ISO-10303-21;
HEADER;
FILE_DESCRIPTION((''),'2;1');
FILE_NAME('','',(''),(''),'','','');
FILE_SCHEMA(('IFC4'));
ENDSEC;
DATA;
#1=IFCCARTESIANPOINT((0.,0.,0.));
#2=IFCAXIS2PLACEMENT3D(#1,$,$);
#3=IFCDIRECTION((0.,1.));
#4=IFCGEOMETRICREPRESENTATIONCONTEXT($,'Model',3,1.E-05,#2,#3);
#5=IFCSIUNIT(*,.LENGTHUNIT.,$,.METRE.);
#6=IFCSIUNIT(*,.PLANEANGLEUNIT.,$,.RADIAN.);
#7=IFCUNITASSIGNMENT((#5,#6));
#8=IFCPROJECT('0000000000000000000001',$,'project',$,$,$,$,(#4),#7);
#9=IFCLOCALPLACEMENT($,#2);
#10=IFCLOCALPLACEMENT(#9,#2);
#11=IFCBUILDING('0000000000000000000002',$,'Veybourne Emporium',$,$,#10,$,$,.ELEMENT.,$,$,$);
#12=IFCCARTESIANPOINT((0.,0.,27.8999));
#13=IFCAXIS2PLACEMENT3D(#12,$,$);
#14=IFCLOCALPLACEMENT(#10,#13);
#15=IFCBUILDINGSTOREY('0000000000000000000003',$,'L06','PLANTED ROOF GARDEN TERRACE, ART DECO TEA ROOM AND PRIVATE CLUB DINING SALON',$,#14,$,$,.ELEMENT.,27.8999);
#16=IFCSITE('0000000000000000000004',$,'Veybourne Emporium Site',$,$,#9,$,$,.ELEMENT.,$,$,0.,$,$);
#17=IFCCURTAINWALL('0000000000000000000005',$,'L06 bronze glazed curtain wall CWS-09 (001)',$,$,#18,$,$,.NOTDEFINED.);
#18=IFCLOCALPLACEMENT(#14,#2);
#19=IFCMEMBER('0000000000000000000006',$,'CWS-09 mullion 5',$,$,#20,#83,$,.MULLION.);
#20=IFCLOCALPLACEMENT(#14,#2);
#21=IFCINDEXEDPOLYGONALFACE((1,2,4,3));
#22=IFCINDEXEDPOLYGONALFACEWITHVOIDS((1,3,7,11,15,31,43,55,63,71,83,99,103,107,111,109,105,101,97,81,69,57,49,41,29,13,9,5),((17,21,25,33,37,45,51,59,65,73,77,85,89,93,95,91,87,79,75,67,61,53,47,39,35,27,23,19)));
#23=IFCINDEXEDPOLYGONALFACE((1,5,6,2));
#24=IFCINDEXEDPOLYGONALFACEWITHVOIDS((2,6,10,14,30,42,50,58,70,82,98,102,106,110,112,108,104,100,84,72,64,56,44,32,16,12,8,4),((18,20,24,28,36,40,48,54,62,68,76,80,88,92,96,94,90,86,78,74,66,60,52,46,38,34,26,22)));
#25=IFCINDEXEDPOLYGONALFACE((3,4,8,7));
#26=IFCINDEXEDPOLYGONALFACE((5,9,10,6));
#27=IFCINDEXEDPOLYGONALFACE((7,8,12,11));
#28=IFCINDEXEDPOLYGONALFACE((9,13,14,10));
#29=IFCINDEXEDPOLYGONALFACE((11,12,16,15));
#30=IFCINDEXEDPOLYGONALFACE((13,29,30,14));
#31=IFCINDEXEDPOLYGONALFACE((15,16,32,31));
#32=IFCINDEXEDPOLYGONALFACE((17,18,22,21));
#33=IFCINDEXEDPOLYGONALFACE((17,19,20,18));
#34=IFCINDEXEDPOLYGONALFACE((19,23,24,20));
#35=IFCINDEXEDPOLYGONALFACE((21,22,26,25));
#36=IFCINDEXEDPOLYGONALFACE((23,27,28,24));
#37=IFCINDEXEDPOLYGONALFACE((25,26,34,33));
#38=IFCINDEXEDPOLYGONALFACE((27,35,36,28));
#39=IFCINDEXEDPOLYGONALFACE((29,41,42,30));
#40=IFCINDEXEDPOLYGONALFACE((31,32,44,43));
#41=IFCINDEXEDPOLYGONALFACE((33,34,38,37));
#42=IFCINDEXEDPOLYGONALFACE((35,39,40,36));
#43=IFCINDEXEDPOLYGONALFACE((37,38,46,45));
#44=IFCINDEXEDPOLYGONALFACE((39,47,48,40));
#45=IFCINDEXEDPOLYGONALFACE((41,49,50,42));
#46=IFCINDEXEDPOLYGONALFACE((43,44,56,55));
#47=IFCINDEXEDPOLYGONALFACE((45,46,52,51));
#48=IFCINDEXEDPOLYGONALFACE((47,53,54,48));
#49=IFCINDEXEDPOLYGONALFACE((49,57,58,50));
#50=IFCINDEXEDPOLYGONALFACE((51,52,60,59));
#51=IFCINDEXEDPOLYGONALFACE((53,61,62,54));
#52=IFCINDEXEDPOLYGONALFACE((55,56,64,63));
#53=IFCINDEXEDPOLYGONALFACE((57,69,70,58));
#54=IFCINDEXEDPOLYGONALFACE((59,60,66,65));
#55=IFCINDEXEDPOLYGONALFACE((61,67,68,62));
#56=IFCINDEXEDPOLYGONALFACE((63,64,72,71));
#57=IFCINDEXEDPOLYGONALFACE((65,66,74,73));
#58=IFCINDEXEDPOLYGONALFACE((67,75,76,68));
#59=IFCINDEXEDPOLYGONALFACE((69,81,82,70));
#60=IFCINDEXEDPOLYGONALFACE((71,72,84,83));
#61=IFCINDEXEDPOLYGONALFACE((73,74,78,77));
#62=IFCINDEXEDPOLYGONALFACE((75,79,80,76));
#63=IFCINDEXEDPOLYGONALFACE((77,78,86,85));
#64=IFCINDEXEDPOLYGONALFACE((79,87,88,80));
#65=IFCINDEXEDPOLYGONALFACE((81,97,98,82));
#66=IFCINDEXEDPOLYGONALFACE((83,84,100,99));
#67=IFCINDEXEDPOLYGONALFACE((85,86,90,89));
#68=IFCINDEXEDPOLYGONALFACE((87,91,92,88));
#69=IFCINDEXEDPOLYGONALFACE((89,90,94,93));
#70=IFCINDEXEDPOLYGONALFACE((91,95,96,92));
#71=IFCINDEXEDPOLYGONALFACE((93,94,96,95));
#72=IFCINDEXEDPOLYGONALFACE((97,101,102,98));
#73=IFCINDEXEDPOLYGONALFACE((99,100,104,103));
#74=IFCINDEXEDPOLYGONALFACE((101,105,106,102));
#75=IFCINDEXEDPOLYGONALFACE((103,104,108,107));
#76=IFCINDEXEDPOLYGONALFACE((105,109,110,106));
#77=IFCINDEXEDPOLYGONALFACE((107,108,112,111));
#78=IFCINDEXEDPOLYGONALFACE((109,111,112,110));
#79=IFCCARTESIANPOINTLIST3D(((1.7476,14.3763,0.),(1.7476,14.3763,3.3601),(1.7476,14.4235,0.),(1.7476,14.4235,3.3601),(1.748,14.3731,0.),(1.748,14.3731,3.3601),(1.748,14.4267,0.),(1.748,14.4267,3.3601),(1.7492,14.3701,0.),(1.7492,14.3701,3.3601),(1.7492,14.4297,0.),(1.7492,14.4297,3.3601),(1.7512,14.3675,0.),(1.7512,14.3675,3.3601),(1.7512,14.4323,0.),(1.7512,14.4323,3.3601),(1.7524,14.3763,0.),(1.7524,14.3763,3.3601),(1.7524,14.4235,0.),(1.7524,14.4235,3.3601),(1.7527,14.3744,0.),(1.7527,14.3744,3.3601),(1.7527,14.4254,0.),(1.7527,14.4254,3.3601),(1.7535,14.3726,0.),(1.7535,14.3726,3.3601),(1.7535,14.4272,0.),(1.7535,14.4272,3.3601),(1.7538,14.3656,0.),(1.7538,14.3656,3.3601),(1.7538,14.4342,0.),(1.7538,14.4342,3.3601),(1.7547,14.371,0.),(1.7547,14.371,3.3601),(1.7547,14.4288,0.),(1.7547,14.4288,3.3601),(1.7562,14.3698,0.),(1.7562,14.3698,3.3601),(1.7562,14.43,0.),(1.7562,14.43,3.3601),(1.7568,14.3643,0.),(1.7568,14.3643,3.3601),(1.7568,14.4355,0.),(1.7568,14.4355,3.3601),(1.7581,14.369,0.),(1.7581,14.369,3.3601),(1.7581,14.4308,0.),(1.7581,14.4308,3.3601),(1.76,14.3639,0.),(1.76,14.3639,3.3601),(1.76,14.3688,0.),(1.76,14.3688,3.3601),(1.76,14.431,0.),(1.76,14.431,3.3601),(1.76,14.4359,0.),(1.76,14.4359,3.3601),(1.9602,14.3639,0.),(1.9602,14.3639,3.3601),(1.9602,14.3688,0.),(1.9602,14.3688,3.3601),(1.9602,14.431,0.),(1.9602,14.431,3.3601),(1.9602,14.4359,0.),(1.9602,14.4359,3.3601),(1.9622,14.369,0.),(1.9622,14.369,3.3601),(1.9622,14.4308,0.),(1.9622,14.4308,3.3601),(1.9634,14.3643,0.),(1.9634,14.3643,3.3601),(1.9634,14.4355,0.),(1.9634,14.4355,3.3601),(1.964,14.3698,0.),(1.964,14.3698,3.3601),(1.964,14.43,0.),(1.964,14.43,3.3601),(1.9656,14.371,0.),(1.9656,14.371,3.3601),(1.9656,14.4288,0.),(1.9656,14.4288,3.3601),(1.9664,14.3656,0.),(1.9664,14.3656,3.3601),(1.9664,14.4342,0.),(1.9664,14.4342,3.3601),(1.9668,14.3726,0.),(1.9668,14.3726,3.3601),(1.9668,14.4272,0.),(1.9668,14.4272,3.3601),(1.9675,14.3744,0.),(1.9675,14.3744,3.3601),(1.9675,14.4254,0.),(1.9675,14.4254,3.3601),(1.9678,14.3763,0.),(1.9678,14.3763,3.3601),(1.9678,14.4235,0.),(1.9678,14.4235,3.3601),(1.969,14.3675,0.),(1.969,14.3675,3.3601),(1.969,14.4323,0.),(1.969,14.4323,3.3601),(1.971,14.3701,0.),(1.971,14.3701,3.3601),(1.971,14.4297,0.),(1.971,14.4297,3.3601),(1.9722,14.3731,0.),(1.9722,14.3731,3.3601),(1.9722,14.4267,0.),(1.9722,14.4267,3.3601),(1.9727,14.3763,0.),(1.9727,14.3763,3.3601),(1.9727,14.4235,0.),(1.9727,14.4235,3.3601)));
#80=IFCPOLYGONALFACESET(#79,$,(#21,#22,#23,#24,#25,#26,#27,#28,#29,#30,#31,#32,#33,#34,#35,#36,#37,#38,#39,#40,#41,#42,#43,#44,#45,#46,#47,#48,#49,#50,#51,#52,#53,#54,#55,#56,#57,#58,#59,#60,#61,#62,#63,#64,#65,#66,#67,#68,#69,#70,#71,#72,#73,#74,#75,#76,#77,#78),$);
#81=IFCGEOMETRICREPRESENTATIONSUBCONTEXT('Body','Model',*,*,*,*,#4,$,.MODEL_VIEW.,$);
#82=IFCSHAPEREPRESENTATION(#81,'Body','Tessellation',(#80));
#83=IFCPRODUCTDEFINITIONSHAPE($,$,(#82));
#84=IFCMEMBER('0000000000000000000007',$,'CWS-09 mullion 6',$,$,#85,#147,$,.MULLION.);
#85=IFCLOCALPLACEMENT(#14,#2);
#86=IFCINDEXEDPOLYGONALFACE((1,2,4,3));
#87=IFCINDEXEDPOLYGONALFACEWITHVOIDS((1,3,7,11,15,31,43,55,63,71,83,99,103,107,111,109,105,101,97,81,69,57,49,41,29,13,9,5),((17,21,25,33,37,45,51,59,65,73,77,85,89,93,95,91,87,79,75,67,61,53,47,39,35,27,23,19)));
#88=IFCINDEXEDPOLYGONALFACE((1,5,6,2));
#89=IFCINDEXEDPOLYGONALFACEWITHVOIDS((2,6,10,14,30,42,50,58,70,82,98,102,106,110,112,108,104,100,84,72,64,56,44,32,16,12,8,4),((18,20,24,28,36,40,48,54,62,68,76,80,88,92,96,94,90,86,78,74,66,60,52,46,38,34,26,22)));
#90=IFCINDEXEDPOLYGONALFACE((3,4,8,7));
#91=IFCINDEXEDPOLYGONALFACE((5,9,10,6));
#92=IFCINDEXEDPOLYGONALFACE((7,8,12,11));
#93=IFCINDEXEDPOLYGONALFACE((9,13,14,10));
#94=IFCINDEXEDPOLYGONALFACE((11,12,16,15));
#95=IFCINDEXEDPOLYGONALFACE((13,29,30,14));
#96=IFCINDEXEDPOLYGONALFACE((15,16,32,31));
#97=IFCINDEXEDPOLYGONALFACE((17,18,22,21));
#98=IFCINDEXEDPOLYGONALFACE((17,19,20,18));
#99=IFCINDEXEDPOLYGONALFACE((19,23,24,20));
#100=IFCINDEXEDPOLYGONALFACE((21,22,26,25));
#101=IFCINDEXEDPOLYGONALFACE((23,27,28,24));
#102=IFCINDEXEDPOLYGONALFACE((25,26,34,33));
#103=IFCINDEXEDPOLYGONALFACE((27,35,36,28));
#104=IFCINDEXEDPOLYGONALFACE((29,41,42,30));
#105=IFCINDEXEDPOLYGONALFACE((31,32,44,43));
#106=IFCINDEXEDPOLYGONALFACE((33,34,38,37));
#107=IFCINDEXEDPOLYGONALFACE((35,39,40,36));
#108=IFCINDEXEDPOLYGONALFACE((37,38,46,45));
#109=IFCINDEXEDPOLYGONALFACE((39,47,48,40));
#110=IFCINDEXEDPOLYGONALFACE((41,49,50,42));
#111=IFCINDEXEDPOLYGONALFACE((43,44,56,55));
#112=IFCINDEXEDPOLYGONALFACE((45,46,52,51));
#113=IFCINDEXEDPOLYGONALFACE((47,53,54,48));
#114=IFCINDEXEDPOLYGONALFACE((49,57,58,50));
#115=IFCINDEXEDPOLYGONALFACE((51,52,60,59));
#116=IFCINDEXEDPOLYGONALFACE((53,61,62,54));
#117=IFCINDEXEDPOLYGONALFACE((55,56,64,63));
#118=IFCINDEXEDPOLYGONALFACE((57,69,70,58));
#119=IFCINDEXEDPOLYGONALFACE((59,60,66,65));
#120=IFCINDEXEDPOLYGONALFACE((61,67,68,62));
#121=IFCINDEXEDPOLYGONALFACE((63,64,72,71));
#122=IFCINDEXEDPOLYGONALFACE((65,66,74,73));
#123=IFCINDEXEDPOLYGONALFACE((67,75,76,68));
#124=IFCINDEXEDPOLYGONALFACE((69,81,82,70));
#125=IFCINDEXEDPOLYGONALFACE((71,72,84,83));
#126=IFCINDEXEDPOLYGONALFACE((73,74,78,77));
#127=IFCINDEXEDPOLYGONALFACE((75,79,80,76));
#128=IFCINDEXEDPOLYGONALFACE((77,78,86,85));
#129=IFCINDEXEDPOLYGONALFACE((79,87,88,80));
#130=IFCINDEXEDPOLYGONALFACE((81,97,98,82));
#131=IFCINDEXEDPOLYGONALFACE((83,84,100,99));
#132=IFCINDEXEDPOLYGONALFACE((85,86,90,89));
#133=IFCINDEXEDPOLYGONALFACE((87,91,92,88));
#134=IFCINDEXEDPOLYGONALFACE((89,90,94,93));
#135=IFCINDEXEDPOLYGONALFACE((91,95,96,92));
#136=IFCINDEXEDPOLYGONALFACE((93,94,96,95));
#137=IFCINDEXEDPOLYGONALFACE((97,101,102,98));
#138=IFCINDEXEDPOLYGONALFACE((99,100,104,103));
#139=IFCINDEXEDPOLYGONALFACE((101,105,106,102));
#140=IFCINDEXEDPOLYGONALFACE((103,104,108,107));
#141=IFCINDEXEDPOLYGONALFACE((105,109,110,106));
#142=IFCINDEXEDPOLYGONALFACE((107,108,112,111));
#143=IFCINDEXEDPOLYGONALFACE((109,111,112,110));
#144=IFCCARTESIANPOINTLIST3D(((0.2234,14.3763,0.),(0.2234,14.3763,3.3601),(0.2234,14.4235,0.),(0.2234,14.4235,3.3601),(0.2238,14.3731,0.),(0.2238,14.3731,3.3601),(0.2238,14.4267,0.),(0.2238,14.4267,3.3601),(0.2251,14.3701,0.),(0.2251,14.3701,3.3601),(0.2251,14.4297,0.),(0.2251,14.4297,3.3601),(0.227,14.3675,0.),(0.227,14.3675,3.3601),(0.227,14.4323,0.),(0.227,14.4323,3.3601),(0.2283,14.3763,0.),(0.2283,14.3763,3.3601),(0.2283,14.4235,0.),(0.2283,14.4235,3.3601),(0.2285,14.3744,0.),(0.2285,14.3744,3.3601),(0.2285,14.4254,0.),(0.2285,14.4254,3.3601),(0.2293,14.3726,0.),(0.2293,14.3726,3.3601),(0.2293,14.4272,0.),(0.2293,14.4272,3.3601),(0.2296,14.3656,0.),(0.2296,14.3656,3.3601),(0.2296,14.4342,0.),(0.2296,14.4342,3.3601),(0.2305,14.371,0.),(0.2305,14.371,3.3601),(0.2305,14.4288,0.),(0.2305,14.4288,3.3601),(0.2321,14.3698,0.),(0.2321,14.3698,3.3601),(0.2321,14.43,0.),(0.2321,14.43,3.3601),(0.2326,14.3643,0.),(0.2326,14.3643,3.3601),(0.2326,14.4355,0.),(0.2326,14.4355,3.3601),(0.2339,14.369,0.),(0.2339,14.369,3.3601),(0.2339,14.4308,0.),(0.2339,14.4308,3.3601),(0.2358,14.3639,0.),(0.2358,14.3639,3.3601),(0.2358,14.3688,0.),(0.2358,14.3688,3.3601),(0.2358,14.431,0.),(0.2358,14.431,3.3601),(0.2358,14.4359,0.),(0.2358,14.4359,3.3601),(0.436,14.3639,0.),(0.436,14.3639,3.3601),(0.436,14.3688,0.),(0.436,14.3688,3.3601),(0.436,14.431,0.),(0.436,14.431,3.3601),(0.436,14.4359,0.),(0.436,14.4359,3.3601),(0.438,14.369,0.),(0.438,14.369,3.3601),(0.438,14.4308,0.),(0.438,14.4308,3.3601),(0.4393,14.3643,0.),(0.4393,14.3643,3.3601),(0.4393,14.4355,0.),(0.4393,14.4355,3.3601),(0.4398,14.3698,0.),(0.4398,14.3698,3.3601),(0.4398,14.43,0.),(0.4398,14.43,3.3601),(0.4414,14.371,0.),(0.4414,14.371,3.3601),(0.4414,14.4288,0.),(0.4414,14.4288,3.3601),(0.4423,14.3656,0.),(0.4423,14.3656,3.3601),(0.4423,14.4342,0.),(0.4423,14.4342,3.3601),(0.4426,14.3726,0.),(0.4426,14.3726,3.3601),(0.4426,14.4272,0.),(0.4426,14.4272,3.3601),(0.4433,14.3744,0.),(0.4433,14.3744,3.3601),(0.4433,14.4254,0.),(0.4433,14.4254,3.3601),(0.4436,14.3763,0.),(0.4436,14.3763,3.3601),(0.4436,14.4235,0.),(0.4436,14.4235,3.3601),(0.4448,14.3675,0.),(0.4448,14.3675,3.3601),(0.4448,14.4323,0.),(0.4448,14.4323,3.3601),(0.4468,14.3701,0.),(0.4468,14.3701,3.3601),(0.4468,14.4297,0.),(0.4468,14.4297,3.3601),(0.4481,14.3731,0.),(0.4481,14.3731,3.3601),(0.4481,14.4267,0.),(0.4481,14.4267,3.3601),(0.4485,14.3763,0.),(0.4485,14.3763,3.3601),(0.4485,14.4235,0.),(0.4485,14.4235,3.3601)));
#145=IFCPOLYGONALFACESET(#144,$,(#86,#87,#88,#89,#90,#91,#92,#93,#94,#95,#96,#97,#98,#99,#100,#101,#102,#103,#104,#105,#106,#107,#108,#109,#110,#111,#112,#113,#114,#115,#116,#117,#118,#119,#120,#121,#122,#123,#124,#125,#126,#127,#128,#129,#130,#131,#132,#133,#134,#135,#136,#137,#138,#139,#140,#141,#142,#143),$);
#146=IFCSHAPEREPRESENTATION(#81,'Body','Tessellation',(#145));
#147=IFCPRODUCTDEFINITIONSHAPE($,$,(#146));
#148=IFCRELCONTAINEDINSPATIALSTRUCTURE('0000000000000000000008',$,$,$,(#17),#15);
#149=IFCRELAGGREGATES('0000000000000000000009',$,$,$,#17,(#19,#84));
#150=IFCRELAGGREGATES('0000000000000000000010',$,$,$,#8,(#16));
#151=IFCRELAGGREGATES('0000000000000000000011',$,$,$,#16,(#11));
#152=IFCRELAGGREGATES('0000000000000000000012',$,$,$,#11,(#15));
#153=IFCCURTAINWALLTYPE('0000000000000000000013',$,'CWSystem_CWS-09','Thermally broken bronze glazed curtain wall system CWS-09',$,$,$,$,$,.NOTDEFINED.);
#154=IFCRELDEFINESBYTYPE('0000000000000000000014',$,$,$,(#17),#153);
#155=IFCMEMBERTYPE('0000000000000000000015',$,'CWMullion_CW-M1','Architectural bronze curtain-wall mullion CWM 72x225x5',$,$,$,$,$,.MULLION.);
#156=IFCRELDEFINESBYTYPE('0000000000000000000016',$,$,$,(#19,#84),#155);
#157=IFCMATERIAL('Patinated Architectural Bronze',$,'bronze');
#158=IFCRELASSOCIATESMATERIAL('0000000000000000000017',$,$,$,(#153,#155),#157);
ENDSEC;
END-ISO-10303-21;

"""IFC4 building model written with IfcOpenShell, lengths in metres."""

from ifc_helpers import new_model, si_unit, direction, frame, origin, origin_2d, place, context, subcontext, project, spatial, hollow_rectangle, extrude, material, material_profile, profile_set, type_object, element, aggregate, save


model = new_model("IFC4")

# Units and contexts
model_context = context("Model", 3, precision=1e-05, world=origin(), true_north=direction((0.0, 1.0)))
body_context = subcontext(model_context, "Body", "Model", "MODEL_VIEW")
ifc_project = project(units=[si_unit("LENGTHUNIT", "METRE"), si_unit("PLANEANGLEUNIT", "RADIAN")], contexts=[model_context])

# Site, building, storey
site_placement = place(None, origin())
site = spatial("IfcSite", under=ifc_project, at=site_placement, Name="Veybourne Emporium Site", CompositionType="ELEMENT", RefElevation=0.0)
building_placement = place(site_placement, origin())
building = spatial("IfcBuilding", under=site, at=building_placement, Name="Veybourne Emporium", CompositionType="ELEMENT")
storey_placement = place(building_placement, frame((0.0, 0.0, 27.8999)))
storey = spatial("IfcBuildingStorey", under=building, at=storey_placement, Name="L06", Description="PLANTED ROOF GARDEN TERRACE, ART DECO TEA ROOM AND PRIVATE CLUB DINING SALON", CompositionType="ELEMENT", Elevation=27.8999)

# Curtain wall, members
ifc_material_1 = material(Name="Patinated Architectural Bronze", Category="bronze")
curtain_wall_type = type_object("IfcCurtainWallType", Name="CWSystem_CWS-09", Description="Thermally broken bronze glazed curtain wall system CWS-09", PredefinedType="NOTDEFINED", material=ifc_material_1)
curtain_wall_placement = place(storey_placement, origin())
curtain_wall = element("IfcCurtainWall", 1, at=curtain_wall_placement, inside=storey, type_object=curtain_wall_type, Name="L06 bronze glazed curtain wall CWS-09 (001)", PredefinedType="NOTDEFINED")
ifc_material_profile_1 = material_profile(ifc_material_1, hollow_rectangle(XDim=0.072, YDim=0.2251, WallThickness=0.0049, InnerFilletRadius=0.0076, OuterFilletRadius=0.0125, at=origin_2d()), Name="CWM 72x225x5")
ifc_profile_set_1 = profile_set([ifc_material_profile_1], Name="Patinated Architectural Bronze")
member_type_1 = type_object("IfcMemberType", Name="CWMullion_CW-M1", Description="Architectural bronze curtain-wall mullion CWM 72x225x5", PredefinedType="MULLION", material=ifc_profile_set_1)
member_1_placement = place(storey_placement, frame((1.8601, 14.3999, 0.0), z_axis=(0.0, 0.0, 1.0), x_axis=(0.0, -1.0, 0.0)))
member_1 = element("IfcMember", 2, at=member_1_placement, type_object=member_type_1, Name="CWS-09 mullion 5", PredefinedType="MULLION", context=body_context, shape_type="SweptSolid", body=[
    extrude(hollow_rectangle(XDim=0.072, YDim=0.2251, WallThickness=0.0049, InnerFilletRadius=0.0076, OuterFilletRadius=0.0125, at=origin_2d()), origin(), (0.0, 0.0, 1.0), 3.3601),
])
member_2_placement = place(storey_placement, frame((0.3359, 14.3999, 0.0), z_axis=(0.0, 0.0, 1.0), x_axis=(0.0, -1.0, 0.0)))
member_2 = element("IfcMember", 3, at=member_2_placement, type_object=member_type_1, Name="CWS-09 mullion 6", PredefinedType="MULLION", context=body_context, shape_type="SweptSolid", body=[
    extrude(hollow_rectangle(XDim=0.072, YDim=0.2251, WallThickness=0.0049, InnerFilletRadius=0.0076, OuterFilletRadius=0.0125, at=origin_2d()), origin(), (0.0, 0.0, 1.0), 3.3601),
])

aggregate(curtain_wall, [member_1, member_2])

save(model, "model.ifc")
